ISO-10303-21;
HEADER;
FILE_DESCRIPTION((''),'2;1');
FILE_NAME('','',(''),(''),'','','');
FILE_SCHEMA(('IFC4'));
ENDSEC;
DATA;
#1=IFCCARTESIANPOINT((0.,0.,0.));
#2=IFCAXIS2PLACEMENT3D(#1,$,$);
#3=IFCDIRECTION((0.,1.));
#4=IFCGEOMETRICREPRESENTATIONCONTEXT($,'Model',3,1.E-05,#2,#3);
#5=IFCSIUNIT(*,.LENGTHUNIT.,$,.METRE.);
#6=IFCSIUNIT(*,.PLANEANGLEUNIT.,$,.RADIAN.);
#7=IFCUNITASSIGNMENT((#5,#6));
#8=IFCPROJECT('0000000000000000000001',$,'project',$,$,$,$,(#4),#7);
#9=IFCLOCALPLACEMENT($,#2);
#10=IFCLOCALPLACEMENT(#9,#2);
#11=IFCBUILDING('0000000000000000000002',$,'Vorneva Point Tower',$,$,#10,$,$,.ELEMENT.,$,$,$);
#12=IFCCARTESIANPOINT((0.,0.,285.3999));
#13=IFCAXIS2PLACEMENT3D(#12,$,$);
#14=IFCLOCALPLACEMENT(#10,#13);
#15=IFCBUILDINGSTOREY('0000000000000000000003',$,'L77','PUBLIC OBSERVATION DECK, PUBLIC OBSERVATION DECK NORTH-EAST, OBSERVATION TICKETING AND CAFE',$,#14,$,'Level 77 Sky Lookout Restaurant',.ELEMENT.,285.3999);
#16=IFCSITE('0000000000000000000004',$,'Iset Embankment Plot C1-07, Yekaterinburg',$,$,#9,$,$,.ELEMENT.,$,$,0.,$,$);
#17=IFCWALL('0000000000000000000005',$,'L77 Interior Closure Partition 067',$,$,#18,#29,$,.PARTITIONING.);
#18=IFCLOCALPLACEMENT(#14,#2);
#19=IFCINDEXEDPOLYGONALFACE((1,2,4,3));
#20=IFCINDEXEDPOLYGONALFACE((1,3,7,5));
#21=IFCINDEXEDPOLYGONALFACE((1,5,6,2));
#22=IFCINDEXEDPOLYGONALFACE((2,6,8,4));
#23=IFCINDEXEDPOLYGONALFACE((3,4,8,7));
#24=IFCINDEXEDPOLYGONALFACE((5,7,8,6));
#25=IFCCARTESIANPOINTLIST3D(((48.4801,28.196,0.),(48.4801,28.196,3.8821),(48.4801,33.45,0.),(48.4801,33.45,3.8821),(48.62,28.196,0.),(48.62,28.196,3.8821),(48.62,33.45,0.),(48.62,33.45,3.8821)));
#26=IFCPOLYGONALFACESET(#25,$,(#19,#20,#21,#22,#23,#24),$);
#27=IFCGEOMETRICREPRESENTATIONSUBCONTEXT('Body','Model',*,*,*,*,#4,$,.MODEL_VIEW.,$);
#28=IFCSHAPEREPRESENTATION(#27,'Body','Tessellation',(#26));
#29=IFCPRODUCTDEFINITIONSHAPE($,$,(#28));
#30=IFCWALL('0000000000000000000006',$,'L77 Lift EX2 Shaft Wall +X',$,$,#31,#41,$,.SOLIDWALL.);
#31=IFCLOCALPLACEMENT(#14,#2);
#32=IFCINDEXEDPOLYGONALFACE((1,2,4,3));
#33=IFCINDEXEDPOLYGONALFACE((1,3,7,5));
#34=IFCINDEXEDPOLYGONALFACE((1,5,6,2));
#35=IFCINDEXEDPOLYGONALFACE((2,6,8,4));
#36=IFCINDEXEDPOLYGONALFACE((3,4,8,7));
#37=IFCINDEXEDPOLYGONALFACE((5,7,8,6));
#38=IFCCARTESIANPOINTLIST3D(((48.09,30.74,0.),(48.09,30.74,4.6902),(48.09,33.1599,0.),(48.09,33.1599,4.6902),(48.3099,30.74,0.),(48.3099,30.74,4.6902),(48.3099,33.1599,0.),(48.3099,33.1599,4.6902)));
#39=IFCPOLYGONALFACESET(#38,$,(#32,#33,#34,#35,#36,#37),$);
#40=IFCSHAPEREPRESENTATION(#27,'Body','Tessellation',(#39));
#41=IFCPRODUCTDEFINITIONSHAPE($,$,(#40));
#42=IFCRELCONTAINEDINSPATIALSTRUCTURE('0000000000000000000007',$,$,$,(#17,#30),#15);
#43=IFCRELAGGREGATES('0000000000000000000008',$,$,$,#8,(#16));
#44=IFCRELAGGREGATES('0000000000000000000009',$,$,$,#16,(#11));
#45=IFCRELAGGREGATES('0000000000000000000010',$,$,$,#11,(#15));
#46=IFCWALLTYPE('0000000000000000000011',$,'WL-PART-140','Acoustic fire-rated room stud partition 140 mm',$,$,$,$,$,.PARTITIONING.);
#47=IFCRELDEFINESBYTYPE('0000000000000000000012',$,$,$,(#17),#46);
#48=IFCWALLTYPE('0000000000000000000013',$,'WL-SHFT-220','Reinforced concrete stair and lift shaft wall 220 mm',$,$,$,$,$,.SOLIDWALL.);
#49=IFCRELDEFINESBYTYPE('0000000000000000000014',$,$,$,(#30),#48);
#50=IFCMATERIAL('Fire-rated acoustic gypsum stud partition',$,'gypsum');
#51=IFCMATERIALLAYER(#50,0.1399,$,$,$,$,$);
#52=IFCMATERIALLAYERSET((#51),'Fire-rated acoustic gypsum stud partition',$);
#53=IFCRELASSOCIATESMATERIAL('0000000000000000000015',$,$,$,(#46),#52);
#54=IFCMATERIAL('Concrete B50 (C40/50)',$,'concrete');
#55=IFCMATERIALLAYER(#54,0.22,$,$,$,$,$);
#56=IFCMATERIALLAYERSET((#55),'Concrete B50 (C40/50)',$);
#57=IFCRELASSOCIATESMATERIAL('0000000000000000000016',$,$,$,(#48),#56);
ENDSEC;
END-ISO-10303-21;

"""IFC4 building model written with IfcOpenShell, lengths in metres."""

from ifc_helpers import new_model, si_unit, direction, frame, frame_2d, origin, place, context, subcontext, project, spatial, rectangle, extrude, material, layer, layer_set, type_object, element, save


model = new_model("IFC4")

# Units and contexts
model_context = context("Model", 3, precision=1e-05, world=origin(), true_north=direction((0.0, 1.0)))
body_context = subcontext(model_context, "Body", "Model", "MODEL_VIEW")
ifc_project = project(units=[si_unit("LENGTHUNIT", "METRE"), si_unit("PLANEANGLEUNIT", "RADIAN")], contexts=[model_context])

# Site, building, storey
site_placement = place(None, origin())
site = spatial("IfcSite", under=ifc_project, at=site_placement, Name="Iset Embankment Plot C1-07, Yekaterinburg", CompositionType="ELEMENT", RefElevation=0.0)
building_placement = place(site_placement, origin())
building = spatial("IfcBuilding", under=site, at=building_placement, Name="Vorneva Point Tower", CompositionType="ELEMENT")
storey_placement = place(building_placement, frame((0.0, 0.0, 285.3999)))
storey = spatial("IfcBuildingStorey", under=building, at=storey_placement, Name="L77", Description="PUBLIC OBSERVATION DECK, PUBLIC OBSERVATION DECK NORTH-EAST, OBSERVATION TICKETING AND CAFE", LongName="Level 77 Sky Lookout Restaurant", CompositionType="ELEMENT", Elevation=285.3999)

# Shared definitions
ifc_material_1 = material(Name="Concrete B50 (C40/50)", Category="concrete")

# Walls
ifc_material_2 = material(Name="Fire-rated acoustic gypsum stud partition", Category="gypsum")
ifc_layer_1 = layer(ifc_material_2, 0.1399)
ifc_layer_set_1 = layer_set([ifc_layer_1], Name="Fire-rated acoustic gypsum stud partition")
wall_type_1 = type_object("IfcWallType", Name="WL-PART-140", Description="Acoustic fire-rated room stud partition 140 mm", PredefinedType="PARTITIONING", material=ifc_layer_set_1)
wall_1_placement = place(storey_placement, frame((48.55, 28.196, 0.0), z_axis=(0.0, 0.0, 1.0), x_axis=(0.0, 1.0, 0.0)))
element("IfcWall", 1, at=wall_1_placement, inside=storey, type_object=wall_type_1, Name="L77 Interior Closure Partition 067", PredefinedType="PARTITIONING", context=body_context, shape_type="SweptSolid", body=[
    extrude(rectangle(XDim=5.2539, YDim=0.1399, at=frame_2d((2.627, 0.0))), origin(), (0.0, 0.0, 1.0), 3.8821),
])
ifc_layer_2 = layer(ifc_material_1, 0.22)
ifc_layer_set_2 = layer_set([ifc_layer_2], Name="Concrete B50 (C40/50)")
wall_type_2 = type_object("IfcWallType", Name="WL-SHFT-220", Description="Reinforced concrete stair and lift shaft wall 220 mm", PredefinedType="SOLIDWALL", material=ifc_layer_set_2)
wall_2_placement = place(storey_placement, frame((48.2, 30.74, 0.0), z_axis=(0.0, 0.0, 1.0), x_axis=(0.0, 1.0, 0.0)))
element("IfcWall", 2, at=wall_2_placement, inside=storey, type_object=wall_type_2, Name="L77 Lift EX2 Shaft Wall +X", PredefinedType="SOLIDWALL", context=body_context, shape_type="SweptSolid", body=[
    extrude(rectangle(XDim=2.4199, YDim=0.22, at=frame_2d((1.21, 0.0))), origin(), (0.0, 0.0, 1.0), 4.6902),
])

save(model, "model.ifc")
